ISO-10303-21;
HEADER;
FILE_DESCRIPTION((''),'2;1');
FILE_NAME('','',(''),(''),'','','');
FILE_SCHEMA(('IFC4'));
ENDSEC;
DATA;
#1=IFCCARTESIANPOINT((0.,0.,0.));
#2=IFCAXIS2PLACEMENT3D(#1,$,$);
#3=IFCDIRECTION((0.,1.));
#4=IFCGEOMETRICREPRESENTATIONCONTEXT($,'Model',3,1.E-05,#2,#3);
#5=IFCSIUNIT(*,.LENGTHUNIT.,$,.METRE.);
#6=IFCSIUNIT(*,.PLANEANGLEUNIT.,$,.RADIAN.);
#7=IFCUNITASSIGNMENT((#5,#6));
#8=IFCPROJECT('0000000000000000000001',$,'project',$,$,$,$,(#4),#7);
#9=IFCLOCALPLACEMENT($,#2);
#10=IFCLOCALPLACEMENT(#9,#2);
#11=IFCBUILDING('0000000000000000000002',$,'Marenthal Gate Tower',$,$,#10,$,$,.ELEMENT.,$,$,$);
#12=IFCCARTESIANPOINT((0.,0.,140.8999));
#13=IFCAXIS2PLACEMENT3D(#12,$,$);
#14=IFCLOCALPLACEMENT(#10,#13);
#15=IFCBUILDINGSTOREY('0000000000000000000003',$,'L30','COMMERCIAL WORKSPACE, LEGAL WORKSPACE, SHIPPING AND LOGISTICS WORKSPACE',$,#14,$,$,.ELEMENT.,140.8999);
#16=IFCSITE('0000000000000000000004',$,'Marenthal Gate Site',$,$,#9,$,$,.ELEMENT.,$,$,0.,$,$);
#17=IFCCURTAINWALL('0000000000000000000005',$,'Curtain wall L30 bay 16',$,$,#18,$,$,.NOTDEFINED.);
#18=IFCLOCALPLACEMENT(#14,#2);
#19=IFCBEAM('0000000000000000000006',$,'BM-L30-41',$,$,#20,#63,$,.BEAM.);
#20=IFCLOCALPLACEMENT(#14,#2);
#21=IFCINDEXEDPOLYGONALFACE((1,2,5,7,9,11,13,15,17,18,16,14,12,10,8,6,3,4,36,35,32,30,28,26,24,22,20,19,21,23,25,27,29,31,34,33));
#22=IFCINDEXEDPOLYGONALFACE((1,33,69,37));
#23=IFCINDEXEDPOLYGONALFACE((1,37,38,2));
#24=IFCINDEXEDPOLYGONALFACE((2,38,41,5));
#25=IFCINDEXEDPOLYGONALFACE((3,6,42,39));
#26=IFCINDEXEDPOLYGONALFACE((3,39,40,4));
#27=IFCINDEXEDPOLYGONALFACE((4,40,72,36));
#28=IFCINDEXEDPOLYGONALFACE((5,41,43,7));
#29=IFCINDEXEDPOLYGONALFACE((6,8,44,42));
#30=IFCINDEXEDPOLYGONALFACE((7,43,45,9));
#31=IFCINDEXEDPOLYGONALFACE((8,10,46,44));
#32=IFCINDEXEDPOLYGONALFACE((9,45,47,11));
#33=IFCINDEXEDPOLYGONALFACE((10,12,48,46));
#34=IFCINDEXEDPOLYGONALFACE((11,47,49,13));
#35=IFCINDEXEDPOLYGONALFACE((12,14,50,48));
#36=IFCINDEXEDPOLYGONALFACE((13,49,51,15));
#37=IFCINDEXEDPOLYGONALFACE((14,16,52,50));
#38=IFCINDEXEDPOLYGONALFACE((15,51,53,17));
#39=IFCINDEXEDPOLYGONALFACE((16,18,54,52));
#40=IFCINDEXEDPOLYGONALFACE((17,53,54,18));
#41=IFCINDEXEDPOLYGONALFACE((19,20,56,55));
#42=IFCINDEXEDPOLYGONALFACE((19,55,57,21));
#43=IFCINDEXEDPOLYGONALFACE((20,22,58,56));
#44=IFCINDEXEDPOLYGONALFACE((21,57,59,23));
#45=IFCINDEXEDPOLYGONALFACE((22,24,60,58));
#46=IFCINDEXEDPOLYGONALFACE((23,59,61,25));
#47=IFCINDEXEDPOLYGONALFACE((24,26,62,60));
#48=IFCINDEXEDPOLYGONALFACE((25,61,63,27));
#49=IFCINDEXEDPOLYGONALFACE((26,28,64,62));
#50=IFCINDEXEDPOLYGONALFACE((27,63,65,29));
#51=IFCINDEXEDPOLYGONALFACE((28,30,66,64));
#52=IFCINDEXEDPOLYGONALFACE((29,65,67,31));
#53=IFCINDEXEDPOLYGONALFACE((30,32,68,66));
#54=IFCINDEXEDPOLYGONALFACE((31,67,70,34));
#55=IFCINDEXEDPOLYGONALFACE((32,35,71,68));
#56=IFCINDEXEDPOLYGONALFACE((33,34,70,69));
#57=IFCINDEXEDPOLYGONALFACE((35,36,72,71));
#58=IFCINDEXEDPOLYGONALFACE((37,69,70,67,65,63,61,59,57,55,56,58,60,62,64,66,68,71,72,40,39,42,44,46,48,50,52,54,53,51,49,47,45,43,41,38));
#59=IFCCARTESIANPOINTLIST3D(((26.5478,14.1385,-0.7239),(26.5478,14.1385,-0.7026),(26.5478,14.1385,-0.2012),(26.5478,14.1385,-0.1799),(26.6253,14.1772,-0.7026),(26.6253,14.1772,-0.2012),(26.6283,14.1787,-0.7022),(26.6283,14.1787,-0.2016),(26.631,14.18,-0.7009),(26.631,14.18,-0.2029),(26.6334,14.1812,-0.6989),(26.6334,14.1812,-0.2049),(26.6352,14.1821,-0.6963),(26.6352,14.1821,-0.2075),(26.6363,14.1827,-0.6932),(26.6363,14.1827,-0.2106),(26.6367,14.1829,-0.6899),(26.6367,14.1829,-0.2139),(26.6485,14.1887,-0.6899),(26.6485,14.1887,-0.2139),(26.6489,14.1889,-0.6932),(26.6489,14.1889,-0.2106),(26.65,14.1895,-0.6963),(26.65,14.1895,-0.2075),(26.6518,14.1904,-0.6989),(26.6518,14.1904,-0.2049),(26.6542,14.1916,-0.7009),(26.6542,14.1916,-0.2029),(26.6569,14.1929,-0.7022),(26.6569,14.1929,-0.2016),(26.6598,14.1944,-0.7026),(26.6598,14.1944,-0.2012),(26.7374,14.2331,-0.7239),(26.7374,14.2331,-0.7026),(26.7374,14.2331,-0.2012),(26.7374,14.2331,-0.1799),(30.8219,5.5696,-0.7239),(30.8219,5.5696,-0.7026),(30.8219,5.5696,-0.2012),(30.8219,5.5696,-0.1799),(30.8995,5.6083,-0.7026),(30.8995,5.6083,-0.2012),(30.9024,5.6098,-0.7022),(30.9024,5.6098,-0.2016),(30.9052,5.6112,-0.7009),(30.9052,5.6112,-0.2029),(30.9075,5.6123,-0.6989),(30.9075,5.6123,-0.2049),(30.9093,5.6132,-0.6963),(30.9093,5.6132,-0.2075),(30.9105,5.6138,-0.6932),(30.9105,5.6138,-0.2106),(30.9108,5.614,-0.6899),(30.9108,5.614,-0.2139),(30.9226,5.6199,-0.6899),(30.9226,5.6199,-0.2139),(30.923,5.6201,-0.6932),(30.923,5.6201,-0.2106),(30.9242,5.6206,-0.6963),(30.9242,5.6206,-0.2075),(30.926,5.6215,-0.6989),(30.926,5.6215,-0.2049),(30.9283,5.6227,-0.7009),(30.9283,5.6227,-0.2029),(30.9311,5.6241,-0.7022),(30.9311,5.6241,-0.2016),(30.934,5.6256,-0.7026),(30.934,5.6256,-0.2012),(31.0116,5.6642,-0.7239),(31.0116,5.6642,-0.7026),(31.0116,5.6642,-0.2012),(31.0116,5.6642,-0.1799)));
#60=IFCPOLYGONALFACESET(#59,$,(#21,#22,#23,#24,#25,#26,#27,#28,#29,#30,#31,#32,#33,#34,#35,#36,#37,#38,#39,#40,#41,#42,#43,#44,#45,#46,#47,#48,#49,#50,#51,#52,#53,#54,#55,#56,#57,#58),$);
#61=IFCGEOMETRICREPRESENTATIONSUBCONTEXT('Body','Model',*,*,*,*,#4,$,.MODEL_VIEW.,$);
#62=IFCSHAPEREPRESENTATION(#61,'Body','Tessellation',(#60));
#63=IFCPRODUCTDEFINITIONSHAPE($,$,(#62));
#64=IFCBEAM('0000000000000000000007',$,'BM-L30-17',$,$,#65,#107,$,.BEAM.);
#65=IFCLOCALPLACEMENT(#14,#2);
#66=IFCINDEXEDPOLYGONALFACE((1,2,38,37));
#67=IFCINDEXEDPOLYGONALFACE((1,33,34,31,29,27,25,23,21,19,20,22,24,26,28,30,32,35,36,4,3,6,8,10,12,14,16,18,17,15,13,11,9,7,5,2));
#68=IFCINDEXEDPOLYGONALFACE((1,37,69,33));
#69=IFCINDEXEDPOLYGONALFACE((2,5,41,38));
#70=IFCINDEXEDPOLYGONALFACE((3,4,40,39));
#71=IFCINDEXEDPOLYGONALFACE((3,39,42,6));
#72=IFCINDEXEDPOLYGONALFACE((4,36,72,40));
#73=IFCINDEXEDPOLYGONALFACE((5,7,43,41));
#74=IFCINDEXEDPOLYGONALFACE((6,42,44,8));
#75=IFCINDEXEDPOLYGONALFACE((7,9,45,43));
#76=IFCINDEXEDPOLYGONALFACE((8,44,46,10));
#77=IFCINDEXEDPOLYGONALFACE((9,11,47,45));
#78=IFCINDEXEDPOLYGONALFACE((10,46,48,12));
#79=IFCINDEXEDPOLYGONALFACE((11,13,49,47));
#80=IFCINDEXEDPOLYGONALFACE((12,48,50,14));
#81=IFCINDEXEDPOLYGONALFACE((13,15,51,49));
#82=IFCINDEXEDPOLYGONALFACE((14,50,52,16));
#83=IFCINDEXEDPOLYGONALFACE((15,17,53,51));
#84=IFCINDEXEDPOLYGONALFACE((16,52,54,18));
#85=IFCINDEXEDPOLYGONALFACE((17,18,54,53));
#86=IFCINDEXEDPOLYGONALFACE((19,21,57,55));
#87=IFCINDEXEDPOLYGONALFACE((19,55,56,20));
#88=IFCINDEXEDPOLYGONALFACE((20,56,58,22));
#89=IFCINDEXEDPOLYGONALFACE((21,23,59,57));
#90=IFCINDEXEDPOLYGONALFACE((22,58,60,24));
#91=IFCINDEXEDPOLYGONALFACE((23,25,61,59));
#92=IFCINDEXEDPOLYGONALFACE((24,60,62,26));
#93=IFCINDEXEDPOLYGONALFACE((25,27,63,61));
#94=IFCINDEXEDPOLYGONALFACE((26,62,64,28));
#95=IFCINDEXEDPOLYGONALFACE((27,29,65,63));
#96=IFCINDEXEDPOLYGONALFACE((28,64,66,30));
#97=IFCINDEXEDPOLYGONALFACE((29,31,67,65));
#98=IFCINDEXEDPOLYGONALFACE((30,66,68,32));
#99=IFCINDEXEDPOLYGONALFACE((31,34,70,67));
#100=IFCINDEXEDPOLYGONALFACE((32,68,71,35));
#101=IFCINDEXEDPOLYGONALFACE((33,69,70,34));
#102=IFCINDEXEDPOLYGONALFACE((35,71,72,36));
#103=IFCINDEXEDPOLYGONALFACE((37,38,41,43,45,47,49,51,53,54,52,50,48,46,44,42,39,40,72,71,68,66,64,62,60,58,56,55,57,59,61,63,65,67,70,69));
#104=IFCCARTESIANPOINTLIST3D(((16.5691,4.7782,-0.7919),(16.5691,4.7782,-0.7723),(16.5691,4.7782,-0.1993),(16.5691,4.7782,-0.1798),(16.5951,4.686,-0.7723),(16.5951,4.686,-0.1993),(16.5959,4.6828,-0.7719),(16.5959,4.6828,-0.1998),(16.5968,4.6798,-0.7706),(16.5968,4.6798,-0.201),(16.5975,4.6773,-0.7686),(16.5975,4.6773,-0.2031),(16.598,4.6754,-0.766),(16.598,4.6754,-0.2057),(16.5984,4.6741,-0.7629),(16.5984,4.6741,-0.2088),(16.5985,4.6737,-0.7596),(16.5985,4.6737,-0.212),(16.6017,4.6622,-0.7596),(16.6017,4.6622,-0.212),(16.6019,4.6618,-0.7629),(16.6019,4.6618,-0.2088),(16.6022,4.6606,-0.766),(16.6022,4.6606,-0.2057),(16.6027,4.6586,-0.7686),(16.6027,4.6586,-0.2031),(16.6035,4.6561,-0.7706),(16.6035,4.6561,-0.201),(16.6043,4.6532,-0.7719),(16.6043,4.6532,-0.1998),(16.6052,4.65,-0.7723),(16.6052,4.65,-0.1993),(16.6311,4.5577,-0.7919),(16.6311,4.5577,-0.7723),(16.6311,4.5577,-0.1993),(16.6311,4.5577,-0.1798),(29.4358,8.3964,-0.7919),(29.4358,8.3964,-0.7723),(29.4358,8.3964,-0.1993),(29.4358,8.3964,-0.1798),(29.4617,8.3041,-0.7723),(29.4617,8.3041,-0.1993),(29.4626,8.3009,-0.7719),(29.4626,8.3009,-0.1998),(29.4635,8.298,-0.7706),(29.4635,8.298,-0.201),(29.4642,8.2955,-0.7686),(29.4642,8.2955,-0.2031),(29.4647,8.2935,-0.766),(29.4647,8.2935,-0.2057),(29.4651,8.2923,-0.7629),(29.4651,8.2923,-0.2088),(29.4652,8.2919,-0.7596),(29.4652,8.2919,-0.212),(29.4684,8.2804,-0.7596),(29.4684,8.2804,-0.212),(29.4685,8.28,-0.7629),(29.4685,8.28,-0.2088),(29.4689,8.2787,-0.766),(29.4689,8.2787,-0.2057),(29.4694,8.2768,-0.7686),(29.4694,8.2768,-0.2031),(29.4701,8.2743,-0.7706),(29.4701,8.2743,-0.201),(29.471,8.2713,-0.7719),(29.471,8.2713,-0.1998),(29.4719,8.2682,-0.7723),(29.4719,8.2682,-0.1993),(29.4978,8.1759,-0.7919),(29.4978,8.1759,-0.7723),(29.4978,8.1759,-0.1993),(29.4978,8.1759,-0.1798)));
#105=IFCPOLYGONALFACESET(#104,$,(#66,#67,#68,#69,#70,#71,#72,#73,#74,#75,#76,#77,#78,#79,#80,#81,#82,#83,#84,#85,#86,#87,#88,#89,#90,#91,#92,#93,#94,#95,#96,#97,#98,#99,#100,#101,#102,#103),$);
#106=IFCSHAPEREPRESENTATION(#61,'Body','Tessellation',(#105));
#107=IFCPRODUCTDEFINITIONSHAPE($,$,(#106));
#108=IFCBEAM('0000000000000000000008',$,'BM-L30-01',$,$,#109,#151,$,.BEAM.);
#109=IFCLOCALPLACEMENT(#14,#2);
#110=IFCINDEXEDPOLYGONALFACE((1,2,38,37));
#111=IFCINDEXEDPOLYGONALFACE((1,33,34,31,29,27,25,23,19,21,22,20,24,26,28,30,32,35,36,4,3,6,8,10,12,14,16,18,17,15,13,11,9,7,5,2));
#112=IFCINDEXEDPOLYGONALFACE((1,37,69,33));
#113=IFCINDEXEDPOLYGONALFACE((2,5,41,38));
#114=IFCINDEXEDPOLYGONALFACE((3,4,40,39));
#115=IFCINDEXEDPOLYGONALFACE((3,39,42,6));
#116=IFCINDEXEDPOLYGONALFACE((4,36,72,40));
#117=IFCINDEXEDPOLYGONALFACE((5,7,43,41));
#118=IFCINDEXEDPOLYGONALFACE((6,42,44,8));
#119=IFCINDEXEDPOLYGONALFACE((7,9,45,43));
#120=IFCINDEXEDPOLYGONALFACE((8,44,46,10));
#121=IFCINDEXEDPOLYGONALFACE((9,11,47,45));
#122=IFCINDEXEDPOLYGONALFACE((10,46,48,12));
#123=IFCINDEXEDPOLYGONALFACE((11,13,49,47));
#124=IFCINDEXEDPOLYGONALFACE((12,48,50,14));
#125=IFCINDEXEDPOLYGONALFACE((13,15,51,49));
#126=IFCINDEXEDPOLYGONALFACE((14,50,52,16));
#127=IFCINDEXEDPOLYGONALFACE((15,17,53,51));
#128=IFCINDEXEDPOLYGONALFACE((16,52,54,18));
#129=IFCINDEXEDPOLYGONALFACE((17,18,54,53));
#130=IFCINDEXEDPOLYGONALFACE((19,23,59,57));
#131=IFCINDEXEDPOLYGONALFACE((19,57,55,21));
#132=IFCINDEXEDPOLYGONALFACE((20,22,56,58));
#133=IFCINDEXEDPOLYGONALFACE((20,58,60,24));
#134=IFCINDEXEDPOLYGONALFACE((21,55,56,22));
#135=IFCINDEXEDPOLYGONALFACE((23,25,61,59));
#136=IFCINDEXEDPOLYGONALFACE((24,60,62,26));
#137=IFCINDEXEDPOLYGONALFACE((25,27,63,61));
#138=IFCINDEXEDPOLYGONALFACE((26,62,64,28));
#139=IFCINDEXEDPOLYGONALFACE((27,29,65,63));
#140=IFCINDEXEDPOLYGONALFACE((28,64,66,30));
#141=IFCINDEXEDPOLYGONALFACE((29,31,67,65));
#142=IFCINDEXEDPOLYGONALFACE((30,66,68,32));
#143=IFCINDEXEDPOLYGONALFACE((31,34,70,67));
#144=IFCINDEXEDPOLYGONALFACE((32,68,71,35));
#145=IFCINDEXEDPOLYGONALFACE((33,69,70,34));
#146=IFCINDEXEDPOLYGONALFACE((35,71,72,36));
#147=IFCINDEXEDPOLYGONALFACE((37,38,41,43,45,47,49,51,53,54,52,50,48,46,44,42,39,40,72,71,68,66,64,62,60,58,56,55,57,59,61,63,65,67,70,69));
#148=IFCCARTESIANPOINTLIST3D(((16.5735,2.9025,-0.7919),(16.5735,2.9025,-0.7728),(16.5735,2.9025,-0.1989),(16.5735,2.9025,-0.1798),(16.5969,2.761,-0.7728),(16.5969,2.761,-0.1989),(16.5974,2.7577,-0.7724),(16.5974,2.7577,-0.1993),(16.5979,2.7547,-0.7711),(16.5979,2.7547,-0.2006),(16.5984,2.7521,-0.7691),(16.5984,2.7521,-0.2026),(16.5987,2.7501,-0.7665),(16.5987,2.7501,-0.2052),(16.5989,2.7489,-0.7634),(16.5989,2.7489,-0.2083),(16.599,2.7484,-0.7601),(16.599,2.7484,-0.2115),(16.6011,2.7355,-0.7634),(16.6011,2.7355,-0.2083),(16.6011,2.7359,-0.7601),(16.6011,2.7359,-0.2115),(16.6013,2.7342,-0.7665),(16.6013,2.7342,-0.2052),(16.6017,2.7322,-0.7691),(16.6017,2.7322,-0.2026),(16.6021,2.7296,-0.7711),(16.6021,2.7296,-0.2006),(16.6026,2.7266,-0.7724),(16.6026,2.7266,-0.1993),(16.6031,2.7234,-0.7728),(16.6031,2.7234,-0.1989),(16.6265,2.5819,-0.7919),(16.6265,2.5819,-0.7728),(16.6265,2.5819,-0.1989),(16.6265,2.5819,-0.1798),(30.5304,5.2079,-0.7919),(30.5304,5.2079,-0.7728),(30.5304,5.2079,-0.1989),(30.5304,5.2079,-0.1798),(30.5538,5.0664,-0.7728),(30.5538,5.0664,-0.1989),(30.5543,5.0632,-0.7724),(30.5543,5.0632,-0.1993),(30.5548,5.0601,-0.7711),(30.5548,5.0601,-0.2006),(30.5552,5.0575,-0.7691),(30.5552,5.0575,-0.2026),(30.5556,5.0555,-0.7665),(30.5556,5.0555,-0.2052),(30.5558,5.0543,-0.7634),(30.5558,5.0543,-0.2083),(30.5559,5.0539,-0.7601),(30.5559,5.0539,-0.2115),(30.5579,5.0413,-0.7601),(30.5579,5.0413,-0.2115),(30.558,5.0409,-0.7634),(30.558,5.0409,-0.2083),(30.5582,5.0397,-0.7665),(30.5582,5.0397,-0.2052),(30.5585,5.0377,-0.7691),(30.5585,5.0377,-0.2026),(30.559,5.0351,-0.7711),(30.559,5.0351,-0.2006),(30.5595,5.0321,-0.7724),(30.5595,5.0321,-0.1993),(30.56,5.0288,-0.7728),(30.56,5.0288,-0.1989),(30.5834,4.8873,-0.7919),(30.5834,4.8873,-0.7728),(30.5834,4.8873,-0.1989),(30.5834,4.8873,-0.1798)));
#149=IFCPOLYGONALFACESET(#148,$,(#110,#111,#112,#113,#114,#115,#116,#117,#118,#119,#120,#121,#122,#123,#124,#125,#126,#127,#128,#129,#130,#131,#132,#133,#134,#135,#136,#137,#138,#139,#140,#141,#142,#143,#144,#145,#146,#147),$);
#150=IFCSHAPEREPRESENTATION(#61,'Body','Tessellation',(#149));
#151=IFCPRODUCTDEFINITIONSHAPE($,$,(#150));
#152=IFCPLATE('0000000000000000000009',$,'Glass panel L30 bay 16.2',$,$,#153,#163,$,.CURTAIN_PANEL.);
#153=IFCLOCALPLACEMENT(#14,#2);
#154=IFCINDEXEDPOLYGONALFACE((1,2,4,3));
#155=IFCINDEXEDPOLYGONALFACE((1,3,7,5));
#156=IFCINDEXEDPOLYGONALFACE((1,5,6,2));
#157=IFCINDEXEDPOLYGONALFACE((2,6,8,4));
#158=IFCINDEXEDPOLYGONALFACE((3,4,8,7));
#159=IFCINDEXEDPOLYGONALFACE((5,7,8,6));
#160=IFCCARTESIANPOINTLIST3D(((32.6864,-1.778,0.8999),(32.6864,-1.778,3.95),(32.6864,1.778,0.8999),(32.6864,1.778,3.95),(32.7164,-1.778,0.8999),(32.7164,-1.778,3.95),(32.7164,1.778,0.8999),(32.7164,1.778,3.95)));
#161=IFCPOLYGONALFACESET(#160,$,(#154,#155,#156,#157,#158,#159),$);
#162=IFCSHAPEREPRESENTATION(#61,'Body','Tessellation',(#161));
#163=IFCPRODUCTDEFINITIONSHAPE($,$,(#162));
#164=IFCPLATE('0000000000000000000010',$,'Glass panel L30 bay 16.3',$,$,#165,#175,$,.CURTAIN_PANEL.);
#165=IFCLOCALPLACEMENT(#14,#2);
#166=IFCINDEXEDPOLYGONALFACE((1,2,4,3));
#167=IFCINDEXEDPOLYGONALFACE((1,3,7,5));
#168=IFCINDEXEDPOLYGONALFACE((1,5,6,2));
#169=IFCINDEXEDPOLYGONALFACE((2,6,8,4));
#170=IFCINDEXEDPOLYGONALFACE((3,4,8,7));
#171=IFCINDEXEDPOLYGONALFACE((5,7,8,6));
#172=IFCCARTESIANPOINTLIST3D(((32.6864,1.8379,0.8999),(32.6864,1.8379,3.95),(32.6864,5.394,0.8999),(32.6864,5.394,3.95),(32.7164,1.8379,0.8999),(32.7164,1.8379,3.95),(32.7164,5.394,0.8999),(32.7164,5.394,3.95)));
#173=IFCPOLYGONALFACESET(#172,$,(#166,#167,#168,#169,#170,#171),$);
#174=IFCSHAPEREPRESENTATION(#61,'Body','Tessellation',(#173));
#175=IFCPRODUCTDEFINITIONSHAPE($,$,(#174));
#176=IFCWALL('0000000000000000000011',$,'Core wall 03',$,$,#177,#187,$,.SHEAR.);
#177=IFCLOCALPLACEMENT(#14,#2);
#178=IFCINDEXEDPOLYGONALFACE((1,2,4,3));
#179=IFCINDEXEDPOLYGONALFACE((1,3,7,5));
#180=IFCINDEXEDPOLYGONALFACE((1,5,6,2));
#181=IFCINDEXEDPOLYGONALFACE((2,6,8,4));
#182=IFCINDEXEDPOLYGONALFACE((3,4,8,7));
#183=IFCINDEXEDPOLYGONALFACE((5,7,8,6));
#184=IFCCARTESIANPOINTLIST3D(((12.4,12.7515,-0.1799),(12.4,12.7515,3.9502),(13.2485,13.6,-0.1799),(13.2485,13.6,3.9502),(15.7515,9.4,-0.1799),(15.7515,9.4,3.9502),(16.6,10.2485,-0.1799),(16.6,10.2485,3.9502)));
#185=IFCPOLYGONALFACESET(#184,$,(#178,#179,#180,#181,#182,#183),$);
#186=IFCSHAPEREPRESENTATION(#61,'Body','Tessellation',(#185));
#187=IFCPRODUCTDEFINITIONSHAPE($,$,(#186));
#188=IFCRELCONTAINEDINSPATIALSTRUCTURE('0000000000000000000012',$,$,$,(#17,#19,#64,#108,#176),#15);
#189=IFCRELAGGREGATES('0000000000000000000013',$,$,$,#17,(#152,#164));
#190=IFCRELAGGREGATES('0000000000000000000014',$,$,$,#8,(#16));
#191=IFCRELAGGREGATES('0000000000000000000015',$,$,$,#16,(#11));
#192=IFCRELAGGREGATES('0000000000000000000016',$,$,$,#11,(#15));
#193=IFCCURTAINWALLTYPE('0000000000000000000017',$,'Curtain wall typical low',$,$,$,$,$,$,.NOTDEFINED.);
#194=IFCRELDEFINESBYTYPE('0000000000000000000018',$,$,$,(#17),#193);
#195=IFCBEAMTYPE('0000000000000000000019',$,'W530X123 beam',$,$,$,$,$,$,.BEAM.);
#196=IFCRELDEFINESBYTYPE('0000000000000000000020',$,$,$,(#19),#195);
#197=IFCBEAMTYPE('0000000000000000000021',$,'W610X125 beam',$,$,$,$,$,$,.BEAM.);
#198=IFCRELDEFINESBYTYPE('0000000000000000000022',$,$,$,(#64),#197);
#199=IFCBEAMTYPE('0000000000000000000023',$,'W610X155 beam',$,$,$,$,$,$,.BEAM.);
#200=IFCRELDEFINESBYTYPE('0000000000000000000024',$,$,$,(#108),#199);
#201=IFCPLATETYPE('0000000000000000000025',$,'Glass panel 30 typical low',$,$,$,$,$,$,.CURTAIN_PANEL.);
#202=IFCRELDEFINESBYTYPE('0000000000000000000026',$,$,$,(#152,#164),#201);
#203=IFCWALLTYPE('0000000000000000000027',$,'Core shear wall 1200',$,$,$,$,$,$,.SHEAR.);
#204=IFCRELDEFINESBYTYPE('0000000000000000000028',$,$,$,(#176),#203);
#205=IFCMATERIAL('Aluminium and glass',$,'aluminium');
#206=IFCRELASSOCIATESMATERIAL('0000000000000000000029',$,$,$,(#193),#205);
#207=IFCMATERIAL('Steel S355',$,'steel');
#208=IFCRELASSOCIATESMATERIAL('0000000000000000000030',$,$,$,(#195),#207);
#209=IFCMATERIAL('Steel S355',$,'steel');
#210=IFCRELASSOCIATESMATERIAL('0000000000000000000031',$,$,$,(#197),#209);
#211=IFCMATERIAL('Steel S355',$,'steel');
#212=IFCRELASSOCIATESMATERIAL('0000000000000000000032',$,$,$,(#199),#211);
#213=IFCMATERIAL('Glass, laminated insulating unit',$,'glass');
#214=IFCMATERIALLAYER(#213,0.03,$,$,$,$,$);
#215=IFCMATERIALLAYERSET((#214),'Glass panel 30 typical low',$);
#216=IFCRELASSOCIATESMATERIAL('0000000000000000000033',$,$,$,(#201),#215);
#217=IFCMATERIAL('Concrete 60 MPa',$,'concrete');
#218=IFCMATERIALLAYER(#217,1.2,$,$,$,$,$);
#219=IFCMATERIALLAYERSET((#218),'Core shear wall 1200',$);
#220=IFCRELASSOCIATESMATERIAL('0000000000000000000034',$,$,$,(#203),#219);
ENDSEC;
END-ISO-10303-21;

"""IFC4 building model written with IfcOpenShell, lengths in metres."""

from ifc_helpers import new_model, si_unit, direction, frame, frame_2d, origin, origin_2d, place, context, subcontext, project, spatial, rectangle, i_section, extrude, material, layer, layer_set, material_profile, profile_set, type_object, element, aggregate, save


model = new_model("IFC4")

# Units and contexts
model_context = context("Model", 3, precision=1e-05, world=origin(), true_north=direction((0.0, 1.0)))
body_context = subcontext(model_context, "Body", "Model", "MODEL_VIEW")
ifc_project = project(units=[si_unit("LENGTHUNIT", "METRE"), si_unit("PLANEANGLEUNIT", "RADIAN")], contexts=[model_context])

# Site, building, storey
site_placement = place(None, origin())
site = spatial("IfcSite", under=ifc_project, at=site_placement, Name="Marenthal Gate Site", CompositionType="ELEMENT", RefElevation=0.0)
building_placement = place(site_placement, origin())
building = spatial("IfcBuilding", under=site, at=building_placement, Name="Marenthal Gate Tower", CompositionType="ELEMENT")
storey_placement = place(building_placement, frame((0.0, 0.0, 140.8999)))
storey = spatial("IfcBuildingStorey", under=building, at=storey_placement, Name="L30", Description="COMMERCIAL WORKSPACE, LEGAL WORKSPACE, SHIPPING AND LOGISTICS WORKSPACE", CompositionType="ELEMENT", Elevation=140.8999)

# Curtain wall
ifc_material_1 = material(Name="Aluminium and glass", Category="aluminium")
curtain_wall_type = type_object("IfcCurtainWallType", Name="Curtain wall typical low", PredefinedType="NOTDEFINED", material=ifc_material_1)
curtain_wall_placement = place(storey_placement, origin())
curtain_wall = element("IfcCurtainWall", 1, at=curtain_wall_placement, inside=storey, type_object=curtain_wall_type, Name="Curtain wall L30 bay 16", PredefinedType="NOTDEFINED")

# Beams
ifc_material_2 = material(Name="Steel S355", Category="steel")
ifc_material_profile_1 = material_profile(ifc_material_2, i_section(OverallWidth=0.2119, OverallDepth=0.5439, WebThickness=0.0132, FlangeThickness=0.0212, FilletRadius=0.0127, at=origin_2d()), Name="W530X123")
ifc_profile_set_1 = profile_set([ifc_material_profile_1], Name="Steel S355")
beam_type_1 = type_object("IfcBeamType", Name="W530X123 beam", PredefinedType="BEAM", material=ifc_profile_set_1)
beam_1_placement = place(storey_placement, frame((30.9167, 5.6169, -0.4519), z_axis=(-0.446357, 0.894855, 0.0), x_axis=(-0.894855, -0.446357, 0.0)))
element("IfcBeam", 2, at=beam_1_placement, inside=storey, type_object=beam_type_1, Name="BM-L30-41", PredefinedType="BEAM", context=body_context, shape_type="SweptSolid", body=[
    extrude(i_section(OverallWidth=0.2119, OverallDepth=0.5439, WebThickness=0.0132, FlangeThickness=0.0212, FilletRadius=0.0127, at=origin_2d()), origin(), (0.0, 0.0, 1.0), 9.5757),
])
ifc_material_3 = material(Name="Steel S355", Category="steel")
ifc_material_profile_2 = material_profile(ifc_material_3, i_section(OverallWidth=0.229, OverallDepth=0.6121, WebThickness=0.012, FlangeThickness=0.0195, FilletRadius=0.0127, at=origin_2d()), Name="W610X125")
ifc_profile_set_2 = profile_set([ifc_material_profile_2], Name="Steel S355")
beam_type_2 = type_object("IfcBeamType", Name="W610X125 beam", PredefinedType="BEAM", material=ifc_profile_set_2)
beam_2_placement = place(storey_placement, frame((29.4668, 8.2861, -0.4858), z_axis=(-0.962663, -0.270704, 0.0), x_axis=(0.270704, -0.962663, 0.0)))
element("IfcBeam", 3, at=beam_2_placement, inside=storey, type_object=beam_type_2, Name="BM-L30-17", PredefinedType="BEAM", context=body_context, shape_type="SweptSolid", body=[
    extrude(i_section(OverallWidth=0.229, OverallDepth=0.6121, WebThickness=0.012, FlangeThickness=0.0195, FilletRadius=0.0127, at=origin_2d()), origin(), (0.0, 0.0, 1.0), 13.3657),
])
ifc_material_4 = material(Name="Steel S355", Category="steel")
ifc_material_profile_3 = material_profile(ifc_material_4, i_section(OverallWidth=0.325, OverallDepth=0.6121, WebThickness=0.0127, FlangeThickness=0.019, FilletRadius=0.0127, at=origin_2d()), Name="W610X155")
ifc_profile_set_3 = profile_set([ifc_material_profile_3], Name="Steel S355")
beam_type_3 = type_object("IfcBeamType", Name="W610X155 beam", PredefinedType="BEAM", material=ifc_profile_set_3)
beam_3_placement = place(storey_placement, frame((30.5569, 5.0476, -0.4858), z_axis=(-0.98663, -0.162974, 0.0), x_axis=(0.162974, -0.98663, 0.0)))
element("IfcBeam", 4, at=beam_3_placement, inside=storey, type_object=beam_type_3, Name="BM-L30-01", PredefinedType="BEAM", context=body_context, shape_type="SweptSolid", body=[
    extrude(i_section(OverallWidth=0.325, OverallDepth=0.6121, WebThickness=0.0127, FlangeThickness=0.019, FilletRadius=0.0127, at=origin_2d()), origin(), (0.0, 0.0, 1.0), 14.146),
])

# Plates
ifc_material_5 = material(Name="Glass, laminated insulating unit", Category="glass")
ifc_layer_1 = layer(ifc_material_5, 0.03)
ifc_layer_set_1 = layer_set([ifc_layer_1], Name="Glass panel 30 typical low")
plate_type = type_object("IfcPlateType", Name="Glass panel 30 typical low", PredefinedType="CURTAIN_PANEL", material=ifc_layer_set_1)
plate_1_placement = place(storey_placement, frame((32.7014, 0.0, 0.8999), z_axis=(0.0, 0.0, 1.0), x_axis=(0.0, 1.0, 0.0)))
plate_1 = element("IfcPlate", 5, at=plate_1_placement, type_object=plate_type, Name="Glass panel L30 bay 16.2", PredefinedType="CURTAIN_PANEL", context=body_context, shape_type="SweptSolid", body=[
    extrude(rectangle(XDim=3.5559, YDim=0.03, at=origin_2d()), origin(), (0.0, 0.0, 1.0), 3.05),
])
plate_2_placement = place(storey_placement, frame((32.7014, 3.616, 0.8999), z_axis=(0.0, 0.0, 1.0), x_axis=(0.0, 1.0, 0.0)))
plate_2 = element("IfcPlate", 6, at=plate_2_placement, type_object=plate_type, Name="Glass panel L30 bay 16.3", PredefinedType="CURTAIN_PANEL", context=body_context, shape_type="SweptSolid", body=[
    extrude(rectangle(XDim=3.5562, YDim=0.03, at=origin_2d()), origin(), (0.0, 0.0, 1.0), 3.05),
])
aggregate(curtain_wall, [plate_1, plate_2])

# Wall
ifc_material_6 = material(Name="Concrete 60 MPa", Category="concrete")
ifc_layer_2 = layer(ifc_material_6, 1.2)
ifc_layer_set_2 = layer_set([ifc_layer_2], Name="Core shear wall 1200")
wall_type_1 = type_object("IfcWallType", Name="Core shear wall 1200", PredefinedType="SHEAR", material=ifc_layer_set_2)
wall_1_placement = place(storey_placement, frame((16.1758, 9.8242, -0.1799), z_axis=(0.0, 0.0, 1.0), x_axis=(-0.707107, 0.707107, 0.0)))
element("IfcWall", 7, at=wall_1_placement, inside=storey, type_object=wall_type_1, Name="Core wall 03", PredefinedType="SHEAR", context=body_context, shape_type="SweptSolid", body=[
    extrude(rectangle(XDim=4.7397, YDim=1.2, at=frame_2d((2.3699, 0.0))), origin(), (0.0, 0.0, 1.0), 4.1301),
])

save(model, "model.ifc")
